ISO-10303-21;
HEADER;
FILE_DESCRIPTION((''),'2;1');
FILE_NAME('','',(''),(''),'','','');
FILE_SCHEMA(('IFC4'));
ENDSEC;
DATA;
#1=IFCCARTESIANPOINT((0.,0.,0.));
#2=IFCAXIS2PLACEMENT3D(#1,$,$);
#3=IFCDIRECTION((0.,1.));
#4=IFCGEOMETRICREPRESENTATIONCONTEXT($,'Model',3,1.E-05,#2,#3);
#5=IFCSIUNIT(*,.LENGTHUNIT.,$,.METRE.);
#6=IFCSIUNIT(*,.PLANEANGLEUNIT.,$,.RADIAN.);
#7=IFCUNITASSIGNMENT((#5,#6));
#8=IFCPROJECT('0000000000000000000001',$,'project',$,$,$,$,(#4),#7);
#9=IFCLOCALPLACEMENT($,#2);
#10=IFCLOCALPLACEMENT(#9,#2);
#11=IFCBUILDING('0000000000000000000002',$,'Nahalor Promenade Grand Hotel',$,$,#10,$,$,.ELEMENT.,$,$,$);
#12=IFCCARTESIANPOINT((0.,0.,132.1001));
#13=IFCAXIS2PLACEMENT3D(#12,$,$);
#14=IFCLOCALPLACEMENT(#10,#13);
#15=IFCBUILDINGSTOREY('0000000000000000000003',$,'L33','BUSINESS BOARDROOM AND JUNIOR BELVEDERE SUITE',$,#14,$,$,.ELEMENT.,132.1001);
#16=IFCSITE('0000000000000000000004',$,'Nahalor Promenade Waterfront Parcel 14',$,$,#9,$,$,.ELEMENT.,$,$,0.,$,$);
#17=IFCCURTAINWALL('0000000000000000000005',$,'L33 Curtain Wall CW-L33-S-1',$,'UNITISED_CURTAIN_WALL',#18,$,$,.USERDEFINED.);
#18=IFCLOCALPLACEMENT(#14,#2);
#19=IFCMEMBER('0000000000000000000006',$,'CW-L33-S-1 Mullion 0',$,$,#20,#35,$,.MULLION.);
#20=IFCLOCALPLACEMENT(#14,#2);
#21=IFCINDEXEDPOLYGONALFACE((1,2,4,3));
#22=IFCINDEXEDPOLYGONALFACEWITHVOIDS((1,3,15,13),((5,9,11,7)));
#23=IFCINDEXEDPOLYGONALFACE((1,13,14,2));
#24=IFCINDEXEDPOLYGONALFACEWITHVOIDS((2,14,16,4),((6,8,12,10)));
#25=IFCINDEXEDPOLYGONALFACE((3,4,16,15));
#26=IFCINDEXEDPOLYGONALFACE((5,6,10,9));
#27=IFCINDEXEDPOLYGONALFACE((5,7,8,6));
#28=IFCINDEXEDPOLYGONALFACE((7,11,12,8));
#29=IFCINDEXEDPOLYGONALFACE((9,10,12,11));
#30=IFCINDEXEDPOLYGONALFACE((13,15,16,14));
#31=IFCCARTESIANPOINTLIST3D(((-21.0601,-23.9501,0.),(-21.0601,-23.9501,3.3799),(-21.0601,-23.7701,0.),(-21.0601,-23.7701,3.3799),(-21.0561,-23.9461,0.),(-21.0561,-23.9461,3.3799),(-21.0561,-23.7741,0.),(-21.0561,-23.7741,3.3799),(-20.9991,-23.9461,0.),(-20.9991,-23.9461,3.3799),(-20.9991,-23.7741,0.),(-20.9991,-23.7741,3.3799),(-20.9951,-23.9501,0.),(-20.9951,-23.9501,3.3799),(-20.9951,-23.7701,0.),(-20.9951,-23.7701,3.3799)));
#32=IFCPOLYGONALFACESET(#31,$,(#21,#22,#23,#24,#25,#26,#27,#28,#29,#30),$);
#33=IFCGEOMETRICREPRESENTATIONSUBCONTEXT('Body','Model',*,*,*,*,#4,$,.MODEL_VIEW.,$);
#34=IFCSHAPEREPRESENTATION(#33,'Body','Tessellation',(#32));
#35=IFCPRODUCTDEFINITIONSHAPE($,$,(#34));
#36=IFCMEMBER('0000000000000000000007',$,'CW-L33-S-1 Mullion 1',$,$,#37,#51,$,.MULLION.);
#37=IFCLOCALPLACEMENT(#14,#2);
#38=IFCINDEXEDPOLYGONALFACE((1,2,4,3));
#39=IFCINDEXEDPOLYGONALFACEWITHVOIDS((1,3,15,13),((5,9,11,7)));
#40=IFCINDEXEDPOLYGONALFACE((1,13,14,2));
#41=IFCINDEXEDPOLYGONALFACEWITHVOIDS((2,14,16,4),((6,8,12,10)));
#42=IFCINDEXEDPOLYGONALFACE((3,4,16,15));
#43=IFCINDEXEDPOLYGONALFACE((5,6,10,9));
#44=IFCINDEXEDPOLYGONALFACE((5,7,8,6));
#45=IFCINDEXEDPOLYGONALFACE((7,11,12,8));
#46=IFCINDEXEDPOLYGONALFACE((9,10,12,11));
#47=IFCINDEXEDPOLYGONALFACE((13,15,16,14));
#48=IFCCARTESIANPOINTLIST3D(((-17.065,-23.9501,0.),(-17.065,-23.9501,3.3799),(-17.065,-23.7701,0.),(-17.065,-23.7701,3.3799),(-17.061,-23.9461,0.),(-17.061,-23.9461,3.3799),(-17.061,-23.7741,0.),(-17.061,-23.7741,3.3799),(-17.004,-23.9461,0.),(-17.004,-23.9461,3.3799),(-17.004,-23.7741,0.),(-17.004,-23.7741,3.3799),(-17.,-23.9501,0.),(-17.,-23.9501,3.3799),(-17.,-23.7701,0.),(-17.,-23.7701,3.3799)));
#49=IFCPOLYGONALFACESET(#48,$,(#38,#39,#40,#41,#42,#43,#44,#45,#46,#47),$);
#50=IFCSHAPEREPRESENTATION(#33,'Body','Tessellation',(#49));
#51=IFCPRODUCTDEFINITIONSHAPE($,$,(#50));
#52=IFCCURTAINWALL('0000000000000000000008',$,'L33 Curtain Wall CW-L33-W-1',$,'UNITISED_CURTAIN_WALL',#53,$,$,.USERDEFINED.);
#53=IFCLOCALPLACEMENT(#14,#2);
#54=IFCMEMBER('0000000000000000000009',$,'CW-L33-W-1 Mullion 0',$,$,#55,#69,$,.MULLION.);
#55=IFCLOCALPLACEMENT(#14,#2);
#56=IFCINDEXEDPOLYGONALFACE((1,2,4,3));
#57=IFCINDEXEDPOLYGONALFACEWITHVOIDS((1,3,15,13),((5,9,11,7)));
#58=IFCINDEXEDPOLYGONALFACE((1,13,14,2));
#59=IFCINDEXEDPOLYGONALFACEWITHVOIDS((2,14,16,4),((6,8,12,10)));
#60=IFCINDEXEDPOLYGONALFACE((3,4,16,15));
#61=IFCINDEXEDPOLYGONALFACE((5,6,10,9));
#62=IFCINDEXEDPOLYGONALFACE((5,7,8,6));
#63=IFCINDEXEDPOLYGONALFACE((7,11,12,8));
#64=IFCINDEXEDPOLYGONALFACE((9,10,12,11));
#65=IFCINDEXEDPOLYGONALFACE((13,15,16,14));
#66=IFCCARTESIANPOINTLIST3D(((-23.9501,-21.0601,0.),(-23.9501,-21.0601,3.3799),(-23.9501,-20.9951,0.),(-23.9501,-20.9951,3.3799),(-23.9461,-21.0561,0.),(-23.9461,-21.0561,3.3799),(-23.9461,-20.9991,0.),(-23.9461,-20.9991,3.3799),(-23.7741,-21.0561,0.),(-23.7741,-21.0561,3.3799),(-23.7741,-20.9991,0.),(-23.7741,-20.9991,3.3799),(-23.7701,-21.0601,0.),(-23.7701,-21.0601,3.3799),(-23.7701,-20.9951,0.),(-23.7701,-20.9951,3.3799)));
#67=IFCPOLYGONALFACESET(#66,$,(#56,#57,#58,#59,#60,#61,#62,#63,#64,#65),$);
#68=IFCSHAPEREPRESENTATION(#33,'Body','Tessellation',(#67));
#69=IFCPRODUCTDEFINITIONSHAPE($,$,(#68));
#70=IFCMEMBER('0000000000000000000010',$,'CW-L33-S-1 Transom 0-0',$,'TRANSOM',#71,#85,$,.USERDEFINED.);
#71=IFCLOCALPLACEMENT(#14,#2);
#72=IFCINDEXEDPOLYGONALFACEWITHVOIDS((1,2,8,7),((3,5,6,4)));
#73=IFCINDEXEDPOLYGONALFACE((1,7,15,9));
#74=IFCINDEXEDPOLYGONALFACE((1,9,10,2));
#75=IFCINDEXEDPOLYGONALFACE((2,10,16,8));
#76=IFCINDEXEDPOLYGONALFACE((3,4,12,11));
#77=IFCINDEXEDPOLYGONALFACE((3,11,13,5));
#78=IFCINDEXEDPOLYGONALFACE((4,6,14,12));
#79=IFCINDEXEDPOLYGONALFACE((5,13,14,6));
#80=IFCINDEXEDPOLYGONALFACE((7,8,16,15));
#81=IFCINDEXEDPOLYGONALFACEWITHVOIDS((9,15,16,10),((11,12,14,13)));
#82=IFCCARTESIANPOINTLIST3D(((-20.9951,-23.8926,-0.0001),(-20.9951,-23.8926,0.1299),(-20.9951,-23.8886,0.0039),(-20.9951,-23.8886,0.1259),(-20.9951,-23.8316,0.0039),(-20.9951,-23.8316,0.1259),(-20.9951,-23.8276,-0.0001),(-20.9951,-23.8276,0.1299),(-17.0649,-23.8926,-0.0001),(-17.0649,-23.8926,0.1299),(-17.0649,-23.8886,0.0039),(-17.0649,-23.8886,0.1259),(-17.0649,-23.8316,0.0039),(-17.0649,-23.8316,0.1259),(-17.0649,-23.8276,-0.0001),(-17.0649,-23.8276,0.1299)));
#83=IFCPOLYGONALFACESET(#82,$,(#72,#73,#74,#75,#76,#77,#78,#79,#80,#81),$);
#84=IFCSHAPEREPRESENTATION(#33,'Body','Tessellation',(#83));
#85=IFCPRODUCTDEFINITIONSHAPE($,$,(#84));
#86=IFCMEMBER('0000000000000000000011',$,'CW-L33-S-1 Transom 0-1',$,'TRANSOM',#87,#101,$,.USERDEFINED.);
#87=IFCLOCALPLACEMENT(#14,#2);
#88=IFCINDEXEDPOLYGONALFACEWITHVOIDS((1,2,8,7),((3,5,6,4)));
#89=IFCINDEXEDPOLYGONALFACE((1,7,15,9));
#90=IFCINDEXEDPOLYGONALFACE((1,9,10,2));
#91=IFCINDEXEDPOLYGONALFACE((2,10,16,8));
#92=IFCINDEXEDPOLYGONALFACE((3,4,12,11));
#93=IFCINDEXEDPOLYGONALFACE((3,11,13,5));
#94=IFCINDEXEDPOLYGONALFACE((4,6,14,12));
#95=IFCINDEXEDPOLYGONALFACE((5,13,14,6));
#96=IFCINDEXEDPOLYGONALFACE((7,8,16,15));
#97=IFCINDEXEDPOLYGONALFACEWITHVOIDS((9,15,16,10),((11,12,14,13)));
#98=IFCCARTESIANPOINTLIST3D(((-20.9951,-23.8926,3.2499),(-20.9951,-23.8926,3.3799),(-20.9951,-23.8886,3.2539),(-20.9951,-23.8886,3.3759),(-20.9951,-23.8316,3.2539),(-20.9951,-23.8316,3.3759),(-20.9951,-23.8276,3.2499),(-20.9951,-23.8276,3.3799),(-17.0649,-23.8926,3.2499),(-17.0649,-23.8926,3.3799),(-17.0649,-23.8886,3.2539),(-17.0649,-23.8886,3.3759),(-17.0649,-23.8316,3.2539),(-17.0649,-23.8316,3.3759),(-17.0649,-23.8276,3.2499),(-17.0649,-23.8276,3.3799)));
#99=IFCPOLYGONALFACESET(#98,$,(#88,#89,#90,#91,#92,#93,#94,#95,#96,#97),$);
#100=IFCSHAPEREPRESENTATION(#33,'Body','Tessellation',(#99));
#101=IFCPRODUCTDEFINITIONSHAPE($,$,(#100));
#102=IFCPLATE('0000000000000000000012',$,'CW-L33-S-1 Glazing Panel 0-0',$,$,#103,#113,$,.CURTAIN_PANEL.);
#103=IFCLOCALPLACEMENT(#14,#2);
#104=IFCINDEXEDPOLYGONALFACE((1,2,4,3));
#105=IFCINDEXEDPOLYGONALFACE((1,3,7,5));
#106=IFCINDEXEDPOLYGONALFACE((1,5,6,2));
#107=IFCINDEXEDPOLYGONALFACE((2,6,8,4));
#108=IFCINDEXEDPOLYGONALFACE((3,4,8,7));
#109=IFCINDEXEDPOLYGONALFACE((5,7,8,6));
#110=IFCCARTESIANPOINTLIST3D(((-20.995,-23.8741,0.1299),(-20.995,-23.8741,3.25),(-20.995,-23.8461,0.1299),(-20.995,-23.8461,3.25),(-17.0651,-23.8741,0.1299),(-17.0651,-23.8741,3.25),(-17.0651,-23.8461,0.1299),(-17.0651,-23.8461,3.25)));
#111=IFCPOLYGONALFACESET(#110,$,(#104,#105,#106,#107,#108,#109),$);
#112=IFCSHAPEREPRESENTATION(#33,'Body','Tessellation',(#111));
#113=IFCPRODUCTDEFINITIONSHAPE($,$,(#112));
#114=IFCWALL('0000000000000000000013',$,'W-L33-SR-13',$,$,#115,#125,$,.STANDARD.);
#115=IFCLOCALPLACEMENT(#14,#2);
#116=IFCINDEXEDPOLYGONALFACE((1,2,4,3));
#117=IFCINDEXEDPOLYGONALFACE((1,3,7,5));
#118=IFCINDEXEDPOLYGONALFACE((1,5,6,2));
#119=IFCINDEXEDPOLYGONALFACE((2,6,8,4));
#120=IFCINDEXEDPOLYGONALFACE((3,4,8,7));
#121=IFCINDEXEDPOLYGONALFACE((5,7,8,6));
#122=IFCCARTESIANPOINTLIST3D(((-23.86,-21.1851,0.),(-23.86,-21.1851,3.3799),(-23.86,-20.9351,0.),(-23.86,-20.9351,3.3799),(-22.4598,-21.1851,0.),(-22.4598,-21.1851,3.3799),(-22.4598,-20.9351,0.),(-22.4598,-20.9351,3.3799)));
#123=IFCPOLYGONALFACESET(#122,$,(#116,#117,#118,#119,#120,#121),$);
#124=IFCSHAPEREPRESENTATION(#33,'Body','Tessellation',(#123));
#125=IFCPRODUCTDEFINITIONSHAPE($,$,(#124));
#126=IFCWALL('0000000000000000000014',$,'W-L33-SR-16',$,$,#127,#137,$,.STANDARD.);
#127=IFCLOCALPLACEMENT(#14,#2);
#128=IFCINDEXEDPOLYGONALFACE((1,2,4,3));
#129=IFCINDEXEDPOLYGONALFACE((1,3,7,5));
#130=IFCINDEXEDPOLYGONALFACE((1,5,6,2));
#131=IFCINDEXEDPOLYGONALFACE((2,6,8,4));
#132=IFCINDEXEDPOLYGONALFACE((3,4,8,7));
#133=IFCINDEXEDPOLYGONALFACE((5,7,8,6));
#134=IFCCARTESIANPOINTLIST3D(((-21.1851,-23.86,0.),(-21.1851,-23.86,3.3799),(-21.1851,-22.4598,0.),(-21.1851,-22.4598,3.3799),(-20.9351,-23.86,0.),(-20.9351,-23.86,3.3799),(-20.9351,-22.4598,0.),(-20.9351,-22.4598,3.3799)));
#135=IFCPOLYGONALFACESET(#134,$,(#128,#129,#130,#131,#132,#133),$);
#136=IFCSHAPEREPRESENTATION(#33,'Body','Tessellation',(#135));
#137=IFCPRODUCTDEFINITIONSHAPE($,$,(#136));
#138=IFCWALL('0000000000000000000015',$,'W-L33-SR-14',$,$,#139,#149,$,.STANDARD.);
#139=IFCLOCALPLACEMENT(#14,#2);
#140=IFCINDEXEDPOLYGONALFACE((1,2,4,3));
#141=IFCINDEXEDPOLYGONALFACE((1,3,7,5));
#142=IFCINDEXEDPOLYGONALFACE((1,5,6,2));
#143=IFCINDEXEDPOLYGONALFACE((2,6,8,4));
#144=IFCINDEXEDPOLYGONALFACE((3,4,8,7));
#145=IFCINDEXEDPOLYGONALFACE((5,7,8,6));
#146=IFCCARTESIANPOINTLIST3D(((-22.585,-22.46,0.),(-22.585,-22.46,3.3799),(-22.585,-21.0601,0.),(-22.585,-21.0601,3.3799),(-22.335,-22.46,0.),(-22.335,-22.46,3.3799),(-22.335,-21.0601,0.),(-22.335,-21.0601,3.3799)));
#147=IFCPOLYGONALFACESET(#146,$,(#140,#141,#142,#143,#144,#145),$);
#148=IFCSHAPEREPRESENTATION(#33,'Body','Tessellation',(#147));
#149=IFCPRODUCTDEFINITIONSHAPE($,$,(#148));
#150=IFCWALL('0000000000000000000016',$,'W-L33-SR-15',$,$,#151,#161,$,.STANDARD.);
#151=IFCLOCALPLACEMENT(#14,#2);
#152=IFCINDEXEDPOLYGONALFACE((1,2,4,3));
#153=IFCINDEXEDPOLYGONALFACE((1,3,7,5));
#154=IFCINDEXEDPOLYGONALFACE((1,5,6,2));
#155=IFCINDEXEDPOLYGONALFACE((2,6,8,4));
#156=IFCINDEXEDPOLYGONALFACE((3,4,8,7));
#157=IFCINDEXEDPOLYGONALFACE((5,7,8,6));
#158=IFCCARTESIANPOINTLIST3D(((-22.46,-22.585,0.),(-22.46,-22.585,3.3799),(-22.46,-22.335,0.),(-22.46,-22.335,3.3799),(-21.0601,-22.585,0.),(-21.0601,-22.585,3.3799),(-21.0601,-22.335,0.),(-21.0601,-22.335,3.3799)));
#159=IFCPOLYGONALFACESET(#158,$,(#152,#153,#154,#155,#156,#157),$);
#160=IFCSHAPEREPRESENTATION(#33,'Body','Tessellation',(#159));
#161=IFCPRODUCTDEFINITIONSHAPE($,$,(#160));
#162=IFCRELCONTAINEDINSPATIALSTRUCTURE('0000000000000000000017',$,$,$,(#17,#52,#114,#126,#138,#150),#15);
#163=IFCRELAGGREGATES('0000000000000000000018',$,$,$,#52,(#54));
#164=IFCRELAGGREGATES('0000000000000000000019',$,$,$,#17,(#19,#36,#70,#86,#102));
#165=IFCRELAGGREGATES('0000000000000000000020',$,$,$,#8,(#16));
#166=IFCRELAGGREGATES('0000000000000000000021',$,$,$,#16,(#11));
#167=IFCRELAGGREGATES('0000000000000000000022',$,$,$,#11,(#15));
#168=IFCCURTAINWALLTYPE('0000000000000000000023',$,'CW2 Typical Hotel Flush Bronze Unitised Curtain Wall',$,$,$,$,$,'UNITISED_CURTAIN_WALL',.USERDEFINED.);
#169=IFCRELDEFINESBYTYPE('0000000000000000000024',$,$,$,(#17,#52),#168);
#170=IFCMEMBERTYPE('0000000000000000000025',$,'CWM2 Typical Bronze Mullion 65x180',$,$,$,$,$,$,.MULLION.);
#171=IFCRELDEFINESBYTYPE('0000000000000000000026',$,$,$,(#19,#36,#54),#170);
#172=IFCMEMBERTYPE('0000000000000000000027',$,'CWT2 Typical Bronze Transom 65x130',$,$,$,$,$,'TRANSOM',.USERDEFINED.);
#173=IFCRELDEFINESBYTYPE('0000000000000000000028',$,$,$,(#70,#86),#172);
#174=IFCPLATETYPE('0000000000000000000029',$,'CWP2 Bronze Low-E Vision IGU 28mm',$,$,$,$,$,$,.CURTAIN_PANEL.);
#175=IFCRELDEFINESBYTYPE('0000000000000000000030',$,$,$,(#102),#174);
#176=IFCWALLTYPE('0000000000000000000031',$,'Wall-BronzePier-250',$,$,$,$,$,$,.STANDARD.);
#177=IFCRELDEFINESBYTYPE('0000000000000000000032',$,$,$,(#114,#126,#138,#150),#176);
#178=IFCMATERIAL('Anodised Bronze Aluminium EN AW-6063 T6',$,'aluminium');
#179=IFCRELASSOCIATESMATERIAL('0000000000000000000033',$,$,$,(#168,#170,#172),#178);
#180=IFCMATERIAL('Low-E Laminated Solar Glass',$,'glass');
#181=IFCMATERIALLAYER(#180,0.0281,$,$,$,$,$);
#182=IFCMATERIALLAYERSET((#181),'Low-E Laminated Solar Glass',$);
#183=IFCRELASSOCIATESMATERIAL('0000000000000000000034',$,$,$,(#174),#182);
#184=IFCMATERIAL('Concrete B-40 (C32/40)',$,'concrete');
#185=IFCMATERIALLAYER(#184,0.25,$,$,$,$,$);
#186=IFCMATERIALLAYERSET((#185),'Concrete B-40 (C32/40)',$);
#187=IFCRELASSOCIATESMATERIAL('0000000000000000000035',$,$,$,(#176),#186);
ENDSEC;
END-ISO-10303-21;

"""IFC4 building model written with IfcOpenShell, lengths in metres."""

from ifc_helpers import new_model, si_unit, direction, frame, frame_2d, origin, origin_2d, place, context, subcontext, project, spatial, rectangle, hollow_rectangle, extrude, source, transform, mapped, material, layer, layer_set, material_profile, profile_set, type_object, element, aggregate, save


model = new_model("IFC4")

# Units and contexts
model_context = context("Model", 3, precision=1e-05, world=origin(), true_north=direction((0.0, 1.0)))
body_context = subcontext(model_context, "Body", "Model", "MODEL_VIEW")
ifc_project = project(units=[si_unit("LENGTHUNIT", "METRE"), si_unit("PLANEANGLEUNIT", "RADIAN")], contexts=[model_context])

# Site, building, storey
site_placement = place(None, origin())
site = spatial("IfcSite", under=ifc_project, at=site_placement, Name="Nahalor Promenade Waterfront Parcel 14", CompositionType="ELEMENT", RefElevation=0.0)
building_placement = place(site_placement, origin())
building = spatial("IfcBuilding", under=site, at=building_placement, Name="Nahalor Promenade Grand Hotel", CompositionType="ELEMENT")
storey_placement = place(building_placement, frame((0.0, 0.0, 132.1001)))
storey = spatial("IfcBuildingStorey", under=building, at=storey_placement, Name="L33", Description="BUSINESS BOARDROOM AND JUNIOR BELVEDERE SUITE", CompositionType="ELEMENT", Elevation=132.1001)

# Curtain wall, members
ifc_material_1 = material(Name="Anodised Bronze Aluminium EN AW-6063 T6", Category="aluminium")
curtain_wall_type = type_object("IfcCurtainWallType", Name="CW2 Typical Hotel Flush Bronze Unitised Curtain Wall", ElementType="UNITISED_CURTAIN_WALL", PredefinedType="USERDEFINED", material=ifc_material_1)
curtain_wall_1_placement = place(storey_placement, origin())
curtain_wall_1 = element("IfcCurtainWall", 1, at=curtain_wall_1_placement, inside=storey, type_object=curtain_wall_type, Name="L33 Curtain Wall CW-L33-S-1", ObjectType="UNITISED_CURTAIN_WALL", PredefinedType="USERDEFINED")
ifc_material_profile_1 = material_profile(ifc_material_1, hollow_rectangle(XDim=0.065, YDim=0.18, WallThickness=0.004, at=origin_2d()), Name="CWM 65x180x4")
ifc_profile_set_1 = profile_set([ifc_material_profile_1], Name="Anodised Bronze Aluminium EN AW-6063 T6")
member_type_1 = type_object("IfcMemberType", Name="CWM2 Typical Bronze Mullion 65x180", PredefinedType="MULLION", material=ifc_profile_set_1)
shared_shape_1 = source(origin(), body_context, "Body", "SweptSolid", [
    extrude(hollow_rectangle(XDim=0.065, YDim=0.18, WallThickness=0.004, at=origin_2d()), origin(), (0.0, 0.0, 1.0), 3.3799),
])
member_1_placement = place(storey_placement, frame((-21.0276, -23.8601, 0.0), z_axis=(0.0, 0.0, 1.0), x_axis=(1.0, 0.0, 0.0)))
member_1 = element("IfcMember", 2, at=member_1_placement, type_object=member_type_1, Name="CW-L33-S-1 Mullion 0", PredefinedType="MULLION", context=body_context, shape_type="MappedRepresentation", body=[
    mapped(shared_shape_1, transform((0.0, 0.0, 0.0), scale=1.0)),
])
member_2_placement = place(storey_placement, frame((-17.0325, -23.8601, 0.0), z_axis=(0.0, 0.0, 1.0), x_axis=(1.0, 0.0, 0.0)))
member_2 = element("IfcMember", 3, at=member_2_placement, type_object=member_type_1, Name="CW-L33-S-1 Mullion 1", PredefinedType="MULLION", context=body_context, shape_type="MappedRepresentation", body=[
    mapped(shared_shape_1, transform((0.0, 0.0, 0.0), scale=1.0)),
])

# Curtain wall, member
curtain_wall_2_placement = place(storey_placement, origin())
curtain_wall_2 = element("IfcCurtainWall", 4, at=curtain_wall_2_placement, inside=storey, type_object=curtain_wall_type, Name="L33 Curtain Wall CW-L33-W-1", ObjectType="UNITISED_CURTAIN_WALL", PredefinedType="USERDEFINED")
member_3_placement = place(storey_placement, frame((-23.8601, -21.0276, 0.0), z_axis=(0.0, 0.0, 1.0), x_axis=(0.0, 1.0, 0.0)))
member_3 = element("IfcMember", 5, at=member_3_placement, type_object=member_type_1, Name="CW-L33-W-1 Mullion 0", PredefinedType="MULLION", context=body_context, shape_type="MappedRepresentation", body=[
    mapped(shared_shape_1, transform((0.0, 0.0, 0.0), scale=1.0)),
])
aggregate(curtain_wall_2, [member_3])

# Members
ifc_material_profile_2 = material_profile(ifc_material_1, hollow_rectangle(XDim=0.065, YDim=0.13, WallThickness=0.004, at=origin_2d()), Name="CWT 65x130x4")
ifc_profile_set_2 = profile_set([ifc_material_profile_2], Name="Anodised Bronze Aluminium EN AW-6063 T6")
member_type_2 = type_object("IfcMemberType", Name="CWT2 Typical Bronze Transom 65x130", ElementType="TRANSOM", PredefinedType="USERDEFINED", material=ifc_profile_set_2)
shared_shape_2 = source(origin(), body_context, "Body", "SweptSolid", [
    extrude(hollow_rectangle(XDim=0.065, YDim=0.13, WallThickness=0.004, at=origin_2d()), origin(), (0.0, 0.0, 1.0), 3.9302),
])
member_4_placement = place(storey_placement, frame((-20.9951, -23.8601, 0.0649), z_axis=(1.0, 0.0, 0.0), x_axis=(0.0, 1.0, 0.0)))
member_4 = element("IfcMember", 6, at=member_4_placement, type_object=member_type_2, Name="CW-L33-S-1 Transom 0-0", ObjectType="TRANSOM", PredefinedType="USERDEFINED", context=body_context, shape_type="MappedRepresentation", body=[
    mapped(shared_shape_2, transform((0.0, 0.0, 0.0), scale=1.0)),
])
member_5_placement = place(storey_placement, frame((-20.9951, -23.8601, 3.3149), z_axis=(1.0, 0.0, 0.0), x_axis=(0.0, 1.0, 0.0)))
member_5 = element("IfcMember", 7, at=member_5_placement, type_object=member_type_2, Name="CW-L33-S-1 Transom 0-1", ObjectType="TRANSOM", PredefinedType="USERDEFINED", context=body_context, shape_type="MappedRepresentation", body=[
    mapped(shared_shape_2, transform((0.0, 0.0, 0.0), scale=1.0)),
])

# Plate
ifc_material_2 = material(Name="Low-E Laminated Solar Glass", Category="glass")
ifc_layer_1 = layer(ifc_material_2, 0.0281)
ifc_layer_set_1 = layer_set([ifc_layer_1], Name="Low-E Laminated Solar Glass")
plate_type = type_object("IfcPlateType", Name="CWP2 Bronze Low-E Vision IGU 28mm", PredefinedType="CURTAIN_PANEL", material=ifc_layer_set_1)
shared_shape_3 = source(origin(), body_context, "Body", "SweptSolid", [
    extrude(rectangle(XDim=3.9299, YDim=0.0281, at=origin_2d()), origin(), (0.0, 0.0, 1.0), 3.1201),
])
plate_placement = place(storey_placement, frame((-19.03, -23.8601, 0.1299), z_axis=(0.0, 0.0, 1.0), x_axis=(1.0, 0.0, 0.0)))
plate = element("IfcPlate", 8, at=plate_placement, type_object=plate_type, Name="CW-L33-S-1 Glazing Panel 0-0", PredefinedType="CURTAIN_PANEL", context=body_context, shape_type="MappedRepresentation", body=[
    mapped(shared_shape_3, transform((0.0, 0.0, 0.0), scale=1.0)),
])
aggregate(curtain_wall_1, [member_1, member_2, member_4, member_5, plate])

# Walls
ifc_material_3 = material(Name="Concrete B-40 (C32/40)", Category="concrete")
ifc_layer_2 = layer(ifc_material_3, 0.25)
ifc_layer_set_2 = layer_set([ifc_layer_2], Name="Concrete B-40 (C32/40)")
wall_type_1 = type_object("IfcWallType", Name="Wall-BronzePier-250", PredefinedType="STANDARD", material=ifc_layer_set_2)
shared_shape_4 = source(origin(), body_context, "Body", "SweptSolid", [
    extrude(rectangle(XDim=1.4001, YDim=0.25, at=frame_2d((0.7002, 0.0))), origin(), (0.0, 0.0, 1.0), 3.3799),
])
for number, where, z_axis, x_axis, name in (
    (9, (-23.8601, -21.0601, 0.0), (0.0, 0.0, 1.0), (1.0, 0.0, 0.0), "W-L33-SR-13"),
    (10, (-21.0601, -23.8601, 0.0), (0.0, 0.0, 1.0), (0.0, 1.0, 0.0), "W-L33-SR-16"),
):
    element("IfcWall", number, at=place(storey_placement, frame(where, z_axis=z_axis, x_axis=x_axis)), inside=storey, type_object=wall_type_1, Name=name, PredefinedType="STANDARD", context=body_context, shape_type="MappedRepresentation", body=[
        mapped(shared_shape_4, transform((0.0, 0.0, 0.0), scale=1.0)),
    ])
shared_shape_5 = source(origin(), body_context, "Body", "SweptSolid", [
    extrude(rectangle(XDim=1.3999, YDim=0.25, at=frame_2d((0.7, 0.0))), origin(), (0.0, 0.0, 1.0), 3.3799),
])
for number, where, z_axis, x_axis, name in (
    (11, (-22.46, -22.46, 0.0), (0.0, 0.0, 1.0), (0.0, 1.0, 0.0), "W-L33-SR-14"),
    (12, (-22.46, -22.46, 0.0), (0.0, 0.0, 1.0), (1.0, 0.0, 0.0), "W-L33-SR-15"),
):
    element("IfcWall", number, at=place(storey_placement, frame(where, z_axis=z_axis, x_axis=x_axis)), inside=storey, type_object=wall_type_1, Name=name, PredefinedType="STANDARD", context=body_context, shape_type="MappedRepresentation", body=[
        mapped(shared_shape_5, transform((0.0, 0.0, 0.0), scale=1.0)),
    ])

save(model, "model.ifc")
